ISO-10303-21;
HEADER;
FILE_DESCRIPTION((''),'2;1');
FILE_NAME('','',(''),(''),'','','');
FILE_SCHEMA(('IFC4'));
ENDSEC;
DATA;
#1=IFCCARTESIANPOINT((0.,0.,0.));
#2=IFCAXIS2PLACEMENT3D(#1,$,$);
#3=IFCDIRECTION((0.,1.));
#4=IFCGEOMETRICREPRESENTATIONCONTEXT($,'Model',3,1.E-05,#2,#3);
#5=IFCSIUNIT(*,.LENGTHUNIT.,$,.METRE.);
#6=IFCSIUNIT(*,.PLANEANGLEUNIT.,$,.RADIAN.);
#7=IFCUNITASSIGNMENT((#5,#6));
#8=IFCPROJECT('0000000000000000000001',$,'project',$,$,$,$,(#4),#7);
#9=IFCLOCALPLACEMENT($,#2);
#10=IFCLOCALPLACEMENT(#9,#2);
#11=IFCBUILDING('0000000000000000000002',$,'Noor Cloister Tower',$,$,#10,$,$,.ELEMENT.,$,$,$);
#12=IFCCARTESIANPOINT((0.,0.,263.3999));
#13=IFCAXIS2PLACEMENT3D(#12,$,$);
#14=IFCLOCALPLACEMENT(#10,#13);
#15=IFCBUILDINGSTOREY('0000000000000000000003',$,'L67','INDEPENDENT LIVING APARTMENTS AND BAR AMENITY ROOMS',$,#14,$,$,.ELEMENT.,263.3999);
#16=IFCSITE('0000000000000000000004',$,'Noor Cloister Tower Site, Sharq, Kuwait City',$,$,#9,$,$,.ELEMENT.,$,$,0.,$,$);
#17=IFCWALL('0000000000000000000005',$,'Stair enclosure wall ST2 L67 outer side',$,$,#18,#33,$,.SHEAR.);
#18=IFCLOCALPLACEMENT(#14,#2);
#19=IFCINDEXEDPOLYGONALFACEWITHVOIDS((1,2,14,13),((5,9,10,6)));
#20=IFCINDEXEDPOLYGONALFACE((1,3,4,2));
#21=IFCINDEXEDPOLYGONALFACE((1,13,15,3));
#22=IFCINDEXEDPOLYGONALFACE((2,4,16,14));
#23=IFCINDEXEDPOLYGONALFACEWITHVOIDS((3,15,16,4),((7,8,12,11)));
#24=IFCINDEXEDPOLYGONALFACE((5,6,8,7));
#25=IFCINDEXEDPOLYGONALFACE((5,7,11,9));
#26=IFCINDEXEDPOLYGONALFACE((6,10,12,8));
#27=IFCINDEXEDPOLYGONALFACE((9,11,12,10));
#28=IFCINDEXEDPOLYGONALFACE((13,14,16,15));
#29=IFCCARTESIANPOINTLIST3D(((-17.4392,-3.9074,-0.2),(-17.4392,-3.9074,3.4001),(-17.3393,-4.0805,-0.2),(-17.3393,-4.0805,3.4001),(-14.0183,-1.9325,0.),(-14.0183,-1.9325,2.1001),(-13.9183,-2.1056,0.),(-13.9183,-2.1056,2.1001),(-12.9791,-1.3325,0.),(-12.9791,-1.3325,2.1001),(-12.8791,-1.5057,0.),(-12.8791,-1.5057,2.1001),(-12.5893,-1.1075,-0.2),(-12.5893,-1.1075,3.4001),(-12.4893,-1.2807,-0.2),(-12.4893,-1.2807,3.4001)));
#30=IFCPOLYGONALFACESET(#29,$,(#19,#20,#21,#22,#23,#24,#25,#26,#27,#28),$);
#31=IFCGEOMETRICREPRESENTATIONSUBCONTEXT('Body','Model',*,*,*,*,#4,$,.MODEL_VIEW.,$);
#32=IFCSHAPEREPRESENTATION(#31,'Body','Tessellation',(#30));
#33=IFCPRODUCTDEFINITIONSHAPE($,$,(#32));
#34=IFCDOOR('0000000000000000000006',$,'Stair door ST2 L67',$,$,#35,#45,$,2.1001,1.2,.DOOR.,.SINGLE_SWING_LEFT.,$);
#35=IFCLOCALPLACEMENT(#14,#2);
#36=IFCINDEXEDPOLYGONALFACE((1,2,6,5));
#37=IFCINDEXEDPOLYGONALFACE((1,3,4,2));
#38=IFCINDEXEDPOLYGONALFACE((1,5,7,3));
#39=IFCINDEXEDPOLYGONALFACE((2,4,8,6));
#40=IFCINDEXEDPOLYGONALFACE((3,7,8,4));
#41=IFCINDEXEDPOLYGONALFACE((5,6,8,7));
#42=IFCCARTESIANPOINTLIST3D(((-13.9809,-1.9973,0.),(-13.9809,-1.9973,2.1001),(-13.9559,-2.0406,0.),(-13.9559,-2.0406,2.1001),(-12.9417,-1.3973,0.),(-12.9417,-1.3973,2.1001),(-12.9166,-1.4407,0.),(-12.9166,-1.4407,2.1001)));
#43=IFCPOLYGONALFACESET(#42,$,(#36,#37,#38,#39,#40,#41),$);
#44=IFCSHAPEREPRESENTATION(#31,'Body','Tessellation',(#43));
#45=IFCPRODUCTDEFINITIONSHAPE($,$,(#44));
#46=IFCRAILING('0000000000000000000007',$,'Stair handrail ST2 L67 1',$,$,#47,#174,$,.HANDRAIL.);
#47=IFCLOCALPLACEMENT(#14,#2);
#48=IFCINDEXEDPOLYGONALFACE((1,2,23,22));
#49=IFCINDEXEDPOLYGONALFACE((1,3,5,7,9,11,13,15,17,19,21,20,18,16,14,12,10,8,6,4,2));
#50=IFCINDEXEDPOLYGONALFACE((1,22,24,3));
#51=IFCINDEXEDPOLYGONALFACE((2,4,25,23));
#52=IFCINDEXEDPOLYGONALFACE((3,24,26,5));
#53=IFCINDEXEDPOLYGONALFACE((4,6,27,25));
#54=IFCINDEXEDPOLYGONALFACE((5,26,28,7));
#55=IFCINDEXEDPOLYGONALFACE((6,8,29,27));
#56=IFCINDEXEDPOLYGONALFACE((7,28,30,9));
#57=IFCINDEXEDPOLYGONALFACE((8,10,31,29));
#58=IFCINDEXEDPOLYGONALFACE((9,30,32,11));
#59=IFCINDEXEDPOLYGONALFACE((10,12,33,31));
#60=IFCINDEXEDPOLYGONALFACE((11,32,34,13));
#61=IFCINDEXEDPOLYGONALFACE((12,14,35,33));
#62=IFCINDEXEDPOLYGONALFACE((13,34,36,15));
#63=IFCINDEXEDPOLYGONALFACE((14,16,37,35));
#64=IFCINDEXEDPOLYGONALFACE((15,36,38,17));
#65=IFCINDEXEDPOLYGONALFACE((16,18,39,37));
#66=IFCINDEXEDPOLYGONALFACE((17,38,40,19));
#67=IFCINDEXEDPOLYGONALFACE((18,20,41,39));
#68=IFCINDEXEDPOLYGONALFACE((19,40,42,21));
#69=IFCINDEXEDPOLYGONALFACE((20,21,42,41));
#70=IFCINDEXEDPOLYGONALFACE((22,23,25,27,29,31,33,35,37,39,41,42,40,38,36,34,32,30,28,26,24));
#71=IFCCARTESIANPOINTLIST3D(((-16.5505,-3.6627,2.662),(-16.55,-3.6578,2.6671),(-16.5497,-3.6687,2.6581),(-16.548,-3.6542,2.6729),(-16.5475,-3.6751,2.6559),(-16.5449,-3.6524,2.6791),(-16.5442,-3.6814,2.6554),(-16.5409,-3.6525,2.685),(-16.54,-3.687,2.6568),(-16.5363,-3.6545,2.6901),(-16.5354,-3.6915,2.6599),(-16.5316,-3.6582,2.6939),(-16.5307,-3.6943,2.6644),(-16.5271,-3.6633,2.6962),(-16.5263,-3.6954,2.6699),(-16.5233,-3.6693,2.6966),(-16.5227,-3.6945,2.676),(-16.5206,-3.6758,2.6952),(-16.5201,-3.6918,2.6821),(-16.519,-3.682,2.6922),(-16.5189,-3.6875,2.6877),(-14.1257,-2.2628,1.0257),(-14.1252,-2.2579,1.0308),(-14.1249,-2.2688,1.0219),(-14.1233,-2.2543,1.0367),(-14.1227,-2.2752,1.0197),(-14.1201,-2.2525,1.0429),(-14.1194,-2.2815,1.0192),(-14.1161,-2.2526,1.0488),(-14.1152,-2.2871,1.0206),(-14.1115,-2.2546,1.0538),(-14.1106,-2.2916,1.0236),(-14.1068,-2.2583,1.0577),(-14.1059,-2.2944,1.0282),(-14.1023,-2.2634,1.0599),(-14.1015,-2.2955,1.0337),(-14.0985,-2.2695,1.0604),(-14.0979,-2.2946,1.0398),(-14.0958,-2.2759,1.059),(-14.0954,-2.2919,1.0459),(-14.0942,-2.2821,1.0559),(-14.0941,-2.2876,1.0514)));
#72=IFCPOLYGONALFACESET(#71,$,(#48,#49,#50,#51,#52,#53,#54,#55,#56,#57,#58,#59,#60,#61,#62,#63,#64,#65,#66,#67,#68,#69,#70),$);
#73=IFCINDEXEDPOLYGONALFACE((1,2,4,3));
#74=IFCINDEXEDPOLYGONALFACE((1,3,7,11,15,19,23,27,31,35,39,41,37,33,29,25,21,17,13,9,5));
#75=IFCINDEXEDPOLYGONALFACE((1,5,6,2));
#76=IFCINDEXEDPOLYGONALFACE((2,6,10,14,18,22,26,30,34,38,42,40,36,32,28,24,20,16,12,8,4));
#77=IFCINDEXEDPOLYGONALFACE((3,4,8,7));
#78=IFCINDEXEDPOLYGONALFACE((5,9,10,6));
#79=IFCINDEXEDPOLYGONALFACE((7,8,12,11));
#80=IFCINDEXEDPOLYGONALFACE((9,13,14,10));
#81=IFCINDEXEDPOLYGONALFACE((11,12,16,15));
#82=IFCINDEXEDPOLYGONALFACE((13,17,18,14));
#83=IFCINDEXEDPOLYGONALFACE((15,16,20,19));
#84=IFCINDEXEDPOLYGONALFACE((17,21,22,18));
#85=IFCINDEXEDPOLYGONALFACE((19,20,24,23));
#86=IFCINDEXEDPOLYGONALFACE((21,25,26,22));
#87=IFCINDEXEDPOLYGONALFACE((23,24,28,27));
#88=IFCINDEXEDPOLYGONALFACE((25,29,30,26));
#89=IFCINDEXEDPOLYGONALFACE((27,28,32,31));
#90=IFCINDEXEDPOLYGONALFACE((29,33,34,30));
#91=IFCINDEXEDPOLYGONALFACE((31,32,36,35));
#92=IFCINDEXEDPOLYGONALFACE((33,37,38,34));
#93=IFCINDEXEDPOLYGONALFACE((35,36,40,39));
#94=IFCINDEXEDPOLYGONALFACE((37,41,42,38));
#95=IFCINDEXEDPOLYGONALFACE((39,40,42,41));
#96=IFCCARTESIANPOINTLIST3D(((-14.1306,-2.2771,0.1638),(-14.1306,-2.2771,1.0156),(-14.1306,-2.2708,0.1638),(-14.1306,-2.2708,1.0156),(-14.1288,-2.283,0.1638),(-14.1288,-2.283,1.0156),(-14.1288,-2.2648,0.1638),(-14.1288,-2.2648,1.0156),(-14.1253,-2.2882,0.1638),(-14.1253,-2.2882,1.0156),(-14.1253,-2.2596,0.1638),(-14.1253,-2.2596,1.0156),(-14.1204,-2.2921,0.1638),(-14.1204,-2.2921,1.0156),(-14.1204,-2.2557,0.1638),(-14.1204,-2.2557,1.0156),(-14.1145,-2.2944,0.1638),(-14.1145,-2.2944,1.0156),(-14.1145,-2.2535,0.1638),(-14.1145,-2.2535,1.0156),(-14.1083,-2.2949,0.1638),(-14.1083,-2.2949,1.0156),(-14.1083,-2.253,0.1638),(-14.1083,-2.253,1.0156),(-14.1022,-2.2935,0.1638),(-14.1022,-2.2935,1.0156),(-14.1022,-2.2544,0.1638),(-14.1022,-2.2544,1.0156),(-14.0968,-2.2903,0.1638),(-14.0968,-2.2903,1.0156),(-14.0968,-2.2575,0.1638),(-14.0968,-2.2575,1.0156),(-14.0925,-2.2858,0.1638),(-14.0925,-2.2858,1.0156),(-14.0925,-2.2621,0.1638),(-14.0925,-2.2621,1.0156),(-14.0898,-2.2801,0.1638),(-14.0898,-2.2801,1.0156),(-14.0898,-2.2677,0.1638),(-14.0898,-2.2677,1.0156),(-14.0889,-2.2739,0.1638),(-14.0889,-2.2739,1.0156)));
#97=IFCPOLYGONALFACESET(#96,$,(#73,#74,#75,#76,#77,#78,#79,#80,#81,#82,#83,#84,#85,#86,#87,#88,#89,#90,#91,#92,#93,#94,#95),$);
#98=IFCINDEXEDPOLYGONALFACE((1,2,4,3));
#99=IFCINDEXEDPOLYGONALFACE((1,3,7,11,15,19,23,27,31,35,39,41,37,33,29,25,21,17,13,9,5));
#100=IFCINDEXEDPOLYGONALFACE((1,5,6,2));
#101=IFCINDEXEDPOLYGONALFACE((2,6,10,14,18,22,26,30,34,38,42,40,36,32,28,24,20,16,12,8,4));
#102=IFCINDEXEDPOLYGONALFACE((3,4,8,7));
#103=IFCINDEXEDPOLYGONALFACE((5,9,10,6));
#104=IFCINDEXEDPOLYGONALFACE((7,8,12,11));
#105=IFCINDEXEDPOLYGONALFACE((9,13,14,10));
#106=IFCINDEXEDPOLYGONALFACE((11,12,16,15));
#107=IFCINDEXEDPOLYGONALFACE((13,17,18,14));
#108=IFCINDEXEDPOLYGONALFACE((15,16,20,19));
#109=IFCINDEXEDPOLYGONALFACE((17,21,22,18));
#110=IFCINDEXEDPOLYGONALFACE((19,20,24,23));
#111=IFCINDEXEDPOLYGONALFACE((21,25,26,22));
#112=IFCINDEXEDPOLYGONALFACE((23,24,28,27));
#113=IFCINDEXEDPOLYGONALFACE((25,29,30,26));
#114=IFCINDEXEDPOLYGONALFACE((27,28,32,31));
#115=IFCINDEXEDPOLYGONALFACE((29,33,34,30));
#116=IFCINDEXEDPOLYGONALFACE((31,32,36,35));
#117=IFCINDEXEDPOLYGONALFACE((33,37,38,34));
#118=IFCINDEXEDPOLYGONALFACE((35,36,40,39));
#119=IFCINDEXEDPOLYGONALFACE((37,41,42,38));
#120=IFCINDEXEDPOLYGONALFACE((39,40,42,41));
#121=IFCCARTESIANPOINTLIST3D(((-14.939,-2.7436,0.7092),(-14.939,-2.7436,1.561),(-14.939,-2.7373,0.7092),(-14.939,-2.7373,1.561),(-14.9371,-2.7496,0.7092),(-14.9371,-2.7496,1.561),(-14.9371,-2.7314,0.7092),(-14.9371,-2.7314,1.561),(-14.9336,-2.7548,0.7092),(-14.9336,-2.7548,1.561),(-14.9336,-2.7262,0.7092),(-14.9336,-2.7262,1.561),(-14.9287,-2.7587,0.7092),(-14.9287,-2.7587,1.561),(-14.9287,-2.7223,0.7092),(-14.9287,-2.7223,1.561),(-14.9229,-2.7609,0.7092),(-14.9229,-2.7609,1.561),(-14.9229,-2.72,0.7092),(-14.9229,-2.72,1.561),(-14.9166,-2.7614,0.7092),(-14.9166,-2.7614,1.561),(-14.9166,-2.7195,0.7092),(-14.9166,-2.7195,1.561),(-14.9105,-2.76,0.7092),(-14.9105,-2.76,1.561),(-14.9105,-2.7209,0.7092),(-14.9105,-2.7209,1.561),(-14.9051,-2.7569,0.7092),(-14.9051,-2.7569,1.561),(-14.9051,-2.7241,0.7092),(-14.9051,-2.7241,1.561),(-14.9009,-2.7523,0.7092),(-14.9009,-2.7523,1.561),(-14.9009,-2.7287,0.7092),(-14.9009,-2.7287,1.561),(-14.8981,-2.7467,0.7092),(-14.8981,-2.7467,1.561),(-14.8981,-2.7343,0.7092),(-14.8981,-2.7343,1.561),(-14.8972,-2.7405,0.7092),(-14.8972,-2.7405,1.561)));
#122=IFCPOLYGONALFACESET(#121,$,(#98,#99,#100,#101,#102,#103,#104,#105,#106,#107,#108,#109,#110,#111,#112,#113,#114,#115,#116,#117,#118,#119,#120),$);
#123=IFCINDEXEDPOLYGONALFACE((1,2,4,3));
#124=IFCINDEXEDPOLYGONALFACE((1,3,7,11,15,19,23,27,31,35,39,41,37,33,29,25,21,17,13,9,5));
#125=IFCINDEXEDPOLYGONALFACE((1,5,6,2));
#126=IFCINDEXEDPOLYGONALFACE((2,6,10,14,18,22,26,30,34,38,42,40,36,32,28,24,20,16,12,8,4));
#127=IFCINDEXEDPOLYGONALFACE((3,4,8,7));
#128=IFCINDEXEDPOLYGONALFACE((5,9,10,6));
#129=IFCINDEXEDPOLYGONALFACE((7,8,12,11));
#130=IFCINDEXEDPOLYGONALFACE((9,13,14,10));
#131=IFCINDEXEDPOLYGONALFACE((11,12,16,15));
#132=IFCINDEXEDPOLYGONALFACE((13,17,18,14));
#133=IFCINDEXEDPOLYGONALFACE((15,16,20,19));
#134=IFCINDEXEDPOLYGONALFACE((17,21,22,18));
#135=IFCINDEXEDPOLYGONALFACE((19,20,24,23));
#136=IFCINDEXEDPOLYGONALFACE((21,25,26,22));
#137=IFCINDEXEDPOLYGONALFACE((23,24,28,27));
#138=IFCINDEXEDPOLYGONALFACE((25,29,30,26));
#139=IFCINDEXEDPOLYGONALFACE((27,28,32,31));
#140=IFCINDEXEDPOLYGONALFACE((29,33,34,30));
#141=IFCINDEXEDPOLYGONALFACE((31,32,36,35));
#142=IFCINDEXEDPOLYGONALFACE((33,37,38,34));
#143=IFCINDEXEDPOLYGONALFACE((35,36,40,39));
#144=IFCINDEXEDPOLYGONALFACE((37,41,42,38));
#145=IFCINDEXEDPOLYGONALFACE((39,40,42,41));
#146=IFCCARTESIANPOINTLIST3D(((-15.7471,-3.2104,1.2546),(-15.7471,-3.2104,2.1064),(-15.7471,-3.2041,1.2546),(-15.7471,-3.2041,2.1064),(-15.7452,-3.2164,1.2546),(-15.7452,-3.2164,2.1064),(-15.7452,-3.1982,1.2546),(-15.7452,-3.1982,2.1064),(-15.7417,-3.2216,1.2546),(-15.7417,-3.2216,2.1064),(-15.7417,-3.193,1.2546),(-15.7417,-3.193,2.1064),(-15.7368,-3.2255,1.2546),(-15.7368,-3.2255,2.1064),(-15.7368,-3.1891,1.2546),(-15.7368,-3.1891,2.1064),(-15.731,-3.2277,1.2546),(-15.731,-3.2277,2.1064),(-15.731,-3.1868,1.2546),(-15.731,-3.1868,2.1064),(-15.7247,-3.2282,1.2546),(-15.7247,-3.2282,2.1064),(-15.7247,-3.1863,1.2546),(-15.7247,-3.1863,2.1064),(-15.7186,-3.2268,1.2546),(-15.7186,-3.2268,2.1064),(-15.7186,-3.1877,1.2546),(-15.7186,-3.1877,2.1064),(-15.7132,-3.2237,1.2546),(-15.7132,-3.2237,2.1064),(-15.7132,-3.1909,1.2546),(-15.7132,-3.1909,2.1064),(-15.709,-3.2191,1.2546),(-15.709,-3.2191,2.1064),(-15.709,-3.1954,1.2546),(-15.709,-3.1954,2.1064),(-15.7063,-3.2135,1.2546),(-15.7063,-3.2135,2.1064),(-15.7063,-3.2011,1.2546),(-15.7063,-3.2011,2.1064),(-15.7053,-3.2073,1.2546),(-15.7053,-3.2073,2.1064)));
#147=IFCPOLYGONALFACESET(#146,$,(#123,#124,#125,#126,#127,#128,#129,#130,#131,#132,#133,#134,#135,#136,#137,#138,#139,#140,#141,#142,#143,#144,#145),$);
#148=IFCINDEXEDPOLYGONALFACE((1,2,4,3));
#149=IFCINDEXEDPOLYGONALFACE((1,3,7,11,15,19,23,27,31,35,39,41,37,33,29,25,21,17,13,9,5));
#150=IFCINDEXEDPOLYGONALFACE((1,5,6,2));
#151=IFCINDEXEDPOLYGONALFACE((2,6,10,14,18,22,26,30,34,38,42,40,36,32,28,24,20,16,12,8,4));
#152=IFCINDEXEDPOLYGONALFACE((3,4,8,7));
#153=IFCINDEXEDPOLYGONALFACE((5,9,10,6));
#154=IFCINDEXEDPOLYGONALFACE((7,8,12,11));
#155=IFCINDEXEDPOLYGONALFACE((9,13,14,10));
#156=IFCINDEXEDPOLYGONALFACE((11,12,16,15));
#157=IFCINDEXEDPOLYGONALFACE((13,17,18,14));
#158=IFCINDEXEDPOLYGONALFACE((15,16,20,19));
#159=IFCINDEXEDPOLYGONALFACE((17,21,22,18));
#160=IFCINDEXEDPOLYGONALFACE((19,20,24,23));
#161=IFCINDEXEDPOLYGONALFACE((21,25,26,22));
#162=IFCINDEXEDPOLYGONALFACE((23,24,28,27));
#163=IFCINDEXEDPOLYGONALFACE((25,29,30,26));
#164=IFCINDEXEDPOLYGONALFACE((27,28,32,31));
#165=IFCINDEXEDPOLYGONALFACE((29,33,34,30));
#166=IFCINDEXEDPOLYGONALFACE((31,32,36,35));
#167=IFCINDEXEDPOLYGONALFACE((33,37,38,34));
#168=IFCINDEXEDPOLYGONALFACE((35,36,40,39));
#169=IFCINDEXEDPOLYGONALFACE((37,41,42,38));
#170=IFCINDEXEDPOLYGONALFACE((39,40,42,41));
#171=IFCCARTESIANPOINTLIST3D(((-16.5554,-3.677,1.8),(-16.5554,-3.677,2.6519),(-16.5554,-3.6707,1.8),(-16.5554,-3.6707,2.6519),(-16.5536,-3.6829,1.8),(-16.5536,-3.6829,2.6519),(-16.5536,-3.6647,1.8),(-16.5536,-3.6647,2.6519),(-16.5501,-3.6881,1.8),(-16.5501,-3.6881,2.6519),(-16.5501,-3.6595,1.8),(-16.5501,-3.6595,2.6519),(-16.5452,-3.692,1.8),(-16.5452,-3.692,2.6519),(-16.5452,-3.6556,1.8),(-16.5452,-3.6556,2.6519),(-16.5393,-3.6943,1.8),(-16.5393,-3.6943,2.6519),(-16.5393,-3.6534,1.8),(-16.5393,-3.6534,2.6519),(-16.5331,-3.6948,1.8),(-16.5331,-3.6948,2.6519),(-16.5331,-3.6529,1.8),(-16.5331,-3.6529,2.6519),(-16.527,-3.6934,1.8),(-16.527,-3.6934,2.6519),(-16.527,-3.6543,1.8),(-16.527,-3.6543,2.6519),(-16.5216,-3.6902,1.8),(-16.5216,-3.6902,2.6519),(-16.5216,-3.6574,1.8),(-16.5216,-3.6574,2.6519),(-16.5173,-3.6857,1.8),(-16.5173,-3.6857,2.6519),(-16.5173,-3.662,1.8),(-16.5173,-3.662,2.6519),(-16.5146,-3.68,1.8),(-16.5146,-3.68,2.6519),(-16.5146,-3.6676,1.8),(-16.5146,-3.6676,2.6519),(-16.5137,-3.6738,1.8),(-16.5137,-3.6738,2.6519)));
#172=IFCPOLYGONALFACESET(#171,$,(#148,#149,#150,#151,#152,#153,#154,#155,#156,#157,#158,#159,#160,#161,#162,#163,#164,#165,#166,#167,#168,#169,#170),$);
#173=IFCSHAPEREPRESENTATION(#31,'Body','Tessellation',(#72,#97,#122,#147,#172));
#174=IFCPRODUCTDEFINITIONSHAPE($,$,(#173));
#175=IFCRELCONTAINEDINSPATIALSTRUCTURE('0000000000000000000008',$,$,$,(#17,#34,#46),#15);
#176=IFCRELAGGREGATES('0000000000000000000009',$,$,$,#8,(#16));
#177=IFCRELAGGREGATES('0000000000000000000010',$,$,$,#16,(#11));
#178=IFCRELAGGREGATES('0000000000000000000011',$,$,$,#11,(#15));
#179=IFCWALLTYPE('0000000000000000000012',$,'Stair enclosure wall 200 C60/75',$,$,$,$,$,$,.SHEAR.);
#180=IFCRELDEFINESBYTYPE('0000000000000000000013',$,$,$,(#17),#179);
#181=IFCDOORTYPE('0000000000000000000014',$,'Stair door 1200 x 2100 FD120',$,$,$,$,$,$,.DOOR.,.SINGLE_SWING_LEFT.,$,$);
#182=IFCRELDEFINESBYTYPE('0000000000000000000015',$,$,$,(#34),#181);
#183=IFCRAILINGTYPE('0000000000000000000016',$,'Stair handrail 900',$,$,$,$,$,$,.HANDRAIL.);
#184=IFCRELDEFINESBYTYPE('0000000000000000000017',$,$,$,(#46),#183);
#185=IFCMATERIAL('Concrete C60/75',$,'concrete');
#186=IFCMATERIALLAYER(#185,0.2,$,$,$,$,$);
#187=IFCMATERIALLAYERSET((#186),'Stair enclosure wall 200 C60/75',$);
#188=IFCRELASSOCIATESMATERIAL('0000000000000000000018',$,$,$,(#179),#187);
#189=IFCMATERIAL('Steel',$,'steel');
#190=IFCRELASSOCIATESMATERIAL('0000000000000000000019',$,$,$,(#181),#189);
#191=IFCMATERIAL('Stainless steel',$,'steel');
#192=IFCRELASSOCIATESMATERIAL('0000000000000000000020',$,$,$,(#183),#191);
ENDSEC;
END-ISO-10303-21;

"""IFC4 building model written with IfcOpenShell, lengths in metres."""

from ifc_helpers import new_model, si_unit, direction, frame, frame_2d, origin, origin_2d, place, context, subcontext, project, spatial, rectangle, circle, extrude, material, layer, layer_set, type_object, element, fill, save


model = new_model("IFC4")

# Units and contexts
model_context = context("Model", 3, precision=1e-05, world=origin(), true_north=direction((0.0, 1.0)))
body_context = subcontext(model_context, "Body", "Model", "MODEL_VIEW")
ifc_project = project(units=[si_unit("LENGTHUNIT", "METRE"), si_unit("PLANEANGLEUNIT", "RADIAN")], contexts=[model_context])

# Site, building, storey
site_placement = place(None, origin())
site = spatial("IfcSite", under=ifc_project, at=site_placement, Name="Noor Cloister Tower Site, Sharq, Kuwait City", CompositionType="ELEMENT", RefElevation=0.0)
building_placement = place(site_placement, origin())
building = spatial("IfcBuilding", under=site, at=building_placement, Name="Noor Cloister Tower", CompositionType="ELEMENT")
storey_placement = place(building_placement, frame((0.0, 0.0, 263.3999)))
storey = spatial("IfcBuildingStorey", under=building, at=storey_placement, Name="L67", Description="INDEPENDENT LIVING APARTMENTS AND BAR AMENITY ROOMS", CompositionType="ELEMENT", Elevation=263.3999)

# Wall, opening, door
ifc_material_1 = material(Name="Concrete C60/75", Category="concrete")
ifc_layer_1 = layer(ifc_material_1, 0.2)
ifc_layer_set_1 = layer_set([ifc_layer_1], Name="Stair enclosure wall 200 C60/75")
wall_type_1 = type_object("IfcWallType", Name="Stair enclosure wall 200 C60/75", PredefinedType="SHEAR", material=ifc_layer_set_1)
ifc_material_2 = material(Name="Steel", Category="steel")
door_type_1 = type_object("IfcDoorType", Name="Stair door 1200 x 2100 FD120", OperationType="SINGLE_SWING_LEFT", PredefinedType="DOOR", material=ifc_material_2)
wall_1_placement = place(storey_placement, frame((-12.5393, -1.1941, -0.2), z_axis=(0.0, 0.0, 1.0), x_axis=(-0.866045, -0.499965, 0.0)))
wall_1 = element("IfcWall", 1, at=wall_1_placement, inside=storey, type_object=wall_type_1, Name="Stair enclosure wall ST2 L67 outer side", PredefinedType="SHEAR", context=body_context, shape_type="SweptSolid", body=[
    extrude(rectangle(XDim=5.6001, YDim=0.2, at=frame_2d((2.8, 0.0))), origin(), (0.0, 0.0, 1.0), 3.6001),
])
opening_1_placement = place(wall_1_placement, frame((0.45, 0.0, 0.2)))
opening_1 = element("IfcOpeningElement", 2, at=opening_1_placement, cuts=wall_1, PredefinedType="OPENING", context=body_context, shape_type="SweptSolid", body=[
    extrude(rectangle(XDim=1.2, YDim=2.1001, at=frame_2d((0.6001, 1.05))), frame((0.0, 0.1099, 0.0), z_axis=(0.0, -1.0, 0.0), x_axis=(1.0, 0.0, 0.0)), (0.0, 0.0, 1.0), 0.22),
])
door_1_placement = place(opening_1_placement, origin())
door_1 = element("IfcDoor", 3, at=door_1_placement, inside=storey, type_object=door_type_1, Name="Stair door ST2 L67", OperationType="SINGLE_SWING_LEFT", OverallHeight=2.1001, OverallWidth=1.2, PredefinedType="DOOR", context=body_context, shape_type="SweptSolid", body=[
    extrude(rectangle(XDim=1.2, YDim=2.1001, at=frame_2d((0.6001, 1.05))), frame((0.0, 0.0249, 0.0), z_axis=(0.0, -1.0, 0.0), x_axis=(1.0, 0.0, 0.0)), (0.0, 0.0, 1.0), 0.05),
])
fill(opening_1, door_1)

# Railing
ifc_material_3 = material(Name="Stainless steel", Category="steel")
railing_type = type_object("IfcRailingType", Name="Stair handrail 900", PredefinedType="HANDRAIL", material=ifc_material_3)
railing_placement = place(storey_placement, frame((-14.1099, -2.2739, 0.1638)))
element("IfcRailing", 4, at=railing_placement, inside=storey, type_object=railing_type, Name="Stair handrail ST2 L67 1", PredefinedType="HANDRAIL", context=body_context, shape_type="SweptSolid", body=[
    extrude(circle(Radius=0.0239, at=origin_2d()), frame((0.0, 0.0, 0.876), z_axis=(-0.747718, -0.431677, 0.504552), x_axis=(0.499984, -0.866035, 0.0)), (0.0, 0.0, 1.0), 3.2429),
    extrude(circle(Radius=0.021, at=origin_2d()), origin(), (0.0, 0.0, 1.0), 0.8518),
    extrude(circle(Radius=0.021, at=origin_2d()), frame((-0.8083, -0.4666, 0.5454)), (0.0, 0.0, 1.0), 0.8518),
    extrude(circle(Radius=0.021, at=origin_2d()), frame((-1.6165, -0.9333, 1.0908)), (0.0, 0.0, 1.0), 0.8518),
    extrude(circle(Radius=0.021, at=origin_2d()), frame((-2.4248, -1.3999, 1.6362)), (0.0, 0.0, 1.0), 0.8518),
])

save(model, "model.ifc")
